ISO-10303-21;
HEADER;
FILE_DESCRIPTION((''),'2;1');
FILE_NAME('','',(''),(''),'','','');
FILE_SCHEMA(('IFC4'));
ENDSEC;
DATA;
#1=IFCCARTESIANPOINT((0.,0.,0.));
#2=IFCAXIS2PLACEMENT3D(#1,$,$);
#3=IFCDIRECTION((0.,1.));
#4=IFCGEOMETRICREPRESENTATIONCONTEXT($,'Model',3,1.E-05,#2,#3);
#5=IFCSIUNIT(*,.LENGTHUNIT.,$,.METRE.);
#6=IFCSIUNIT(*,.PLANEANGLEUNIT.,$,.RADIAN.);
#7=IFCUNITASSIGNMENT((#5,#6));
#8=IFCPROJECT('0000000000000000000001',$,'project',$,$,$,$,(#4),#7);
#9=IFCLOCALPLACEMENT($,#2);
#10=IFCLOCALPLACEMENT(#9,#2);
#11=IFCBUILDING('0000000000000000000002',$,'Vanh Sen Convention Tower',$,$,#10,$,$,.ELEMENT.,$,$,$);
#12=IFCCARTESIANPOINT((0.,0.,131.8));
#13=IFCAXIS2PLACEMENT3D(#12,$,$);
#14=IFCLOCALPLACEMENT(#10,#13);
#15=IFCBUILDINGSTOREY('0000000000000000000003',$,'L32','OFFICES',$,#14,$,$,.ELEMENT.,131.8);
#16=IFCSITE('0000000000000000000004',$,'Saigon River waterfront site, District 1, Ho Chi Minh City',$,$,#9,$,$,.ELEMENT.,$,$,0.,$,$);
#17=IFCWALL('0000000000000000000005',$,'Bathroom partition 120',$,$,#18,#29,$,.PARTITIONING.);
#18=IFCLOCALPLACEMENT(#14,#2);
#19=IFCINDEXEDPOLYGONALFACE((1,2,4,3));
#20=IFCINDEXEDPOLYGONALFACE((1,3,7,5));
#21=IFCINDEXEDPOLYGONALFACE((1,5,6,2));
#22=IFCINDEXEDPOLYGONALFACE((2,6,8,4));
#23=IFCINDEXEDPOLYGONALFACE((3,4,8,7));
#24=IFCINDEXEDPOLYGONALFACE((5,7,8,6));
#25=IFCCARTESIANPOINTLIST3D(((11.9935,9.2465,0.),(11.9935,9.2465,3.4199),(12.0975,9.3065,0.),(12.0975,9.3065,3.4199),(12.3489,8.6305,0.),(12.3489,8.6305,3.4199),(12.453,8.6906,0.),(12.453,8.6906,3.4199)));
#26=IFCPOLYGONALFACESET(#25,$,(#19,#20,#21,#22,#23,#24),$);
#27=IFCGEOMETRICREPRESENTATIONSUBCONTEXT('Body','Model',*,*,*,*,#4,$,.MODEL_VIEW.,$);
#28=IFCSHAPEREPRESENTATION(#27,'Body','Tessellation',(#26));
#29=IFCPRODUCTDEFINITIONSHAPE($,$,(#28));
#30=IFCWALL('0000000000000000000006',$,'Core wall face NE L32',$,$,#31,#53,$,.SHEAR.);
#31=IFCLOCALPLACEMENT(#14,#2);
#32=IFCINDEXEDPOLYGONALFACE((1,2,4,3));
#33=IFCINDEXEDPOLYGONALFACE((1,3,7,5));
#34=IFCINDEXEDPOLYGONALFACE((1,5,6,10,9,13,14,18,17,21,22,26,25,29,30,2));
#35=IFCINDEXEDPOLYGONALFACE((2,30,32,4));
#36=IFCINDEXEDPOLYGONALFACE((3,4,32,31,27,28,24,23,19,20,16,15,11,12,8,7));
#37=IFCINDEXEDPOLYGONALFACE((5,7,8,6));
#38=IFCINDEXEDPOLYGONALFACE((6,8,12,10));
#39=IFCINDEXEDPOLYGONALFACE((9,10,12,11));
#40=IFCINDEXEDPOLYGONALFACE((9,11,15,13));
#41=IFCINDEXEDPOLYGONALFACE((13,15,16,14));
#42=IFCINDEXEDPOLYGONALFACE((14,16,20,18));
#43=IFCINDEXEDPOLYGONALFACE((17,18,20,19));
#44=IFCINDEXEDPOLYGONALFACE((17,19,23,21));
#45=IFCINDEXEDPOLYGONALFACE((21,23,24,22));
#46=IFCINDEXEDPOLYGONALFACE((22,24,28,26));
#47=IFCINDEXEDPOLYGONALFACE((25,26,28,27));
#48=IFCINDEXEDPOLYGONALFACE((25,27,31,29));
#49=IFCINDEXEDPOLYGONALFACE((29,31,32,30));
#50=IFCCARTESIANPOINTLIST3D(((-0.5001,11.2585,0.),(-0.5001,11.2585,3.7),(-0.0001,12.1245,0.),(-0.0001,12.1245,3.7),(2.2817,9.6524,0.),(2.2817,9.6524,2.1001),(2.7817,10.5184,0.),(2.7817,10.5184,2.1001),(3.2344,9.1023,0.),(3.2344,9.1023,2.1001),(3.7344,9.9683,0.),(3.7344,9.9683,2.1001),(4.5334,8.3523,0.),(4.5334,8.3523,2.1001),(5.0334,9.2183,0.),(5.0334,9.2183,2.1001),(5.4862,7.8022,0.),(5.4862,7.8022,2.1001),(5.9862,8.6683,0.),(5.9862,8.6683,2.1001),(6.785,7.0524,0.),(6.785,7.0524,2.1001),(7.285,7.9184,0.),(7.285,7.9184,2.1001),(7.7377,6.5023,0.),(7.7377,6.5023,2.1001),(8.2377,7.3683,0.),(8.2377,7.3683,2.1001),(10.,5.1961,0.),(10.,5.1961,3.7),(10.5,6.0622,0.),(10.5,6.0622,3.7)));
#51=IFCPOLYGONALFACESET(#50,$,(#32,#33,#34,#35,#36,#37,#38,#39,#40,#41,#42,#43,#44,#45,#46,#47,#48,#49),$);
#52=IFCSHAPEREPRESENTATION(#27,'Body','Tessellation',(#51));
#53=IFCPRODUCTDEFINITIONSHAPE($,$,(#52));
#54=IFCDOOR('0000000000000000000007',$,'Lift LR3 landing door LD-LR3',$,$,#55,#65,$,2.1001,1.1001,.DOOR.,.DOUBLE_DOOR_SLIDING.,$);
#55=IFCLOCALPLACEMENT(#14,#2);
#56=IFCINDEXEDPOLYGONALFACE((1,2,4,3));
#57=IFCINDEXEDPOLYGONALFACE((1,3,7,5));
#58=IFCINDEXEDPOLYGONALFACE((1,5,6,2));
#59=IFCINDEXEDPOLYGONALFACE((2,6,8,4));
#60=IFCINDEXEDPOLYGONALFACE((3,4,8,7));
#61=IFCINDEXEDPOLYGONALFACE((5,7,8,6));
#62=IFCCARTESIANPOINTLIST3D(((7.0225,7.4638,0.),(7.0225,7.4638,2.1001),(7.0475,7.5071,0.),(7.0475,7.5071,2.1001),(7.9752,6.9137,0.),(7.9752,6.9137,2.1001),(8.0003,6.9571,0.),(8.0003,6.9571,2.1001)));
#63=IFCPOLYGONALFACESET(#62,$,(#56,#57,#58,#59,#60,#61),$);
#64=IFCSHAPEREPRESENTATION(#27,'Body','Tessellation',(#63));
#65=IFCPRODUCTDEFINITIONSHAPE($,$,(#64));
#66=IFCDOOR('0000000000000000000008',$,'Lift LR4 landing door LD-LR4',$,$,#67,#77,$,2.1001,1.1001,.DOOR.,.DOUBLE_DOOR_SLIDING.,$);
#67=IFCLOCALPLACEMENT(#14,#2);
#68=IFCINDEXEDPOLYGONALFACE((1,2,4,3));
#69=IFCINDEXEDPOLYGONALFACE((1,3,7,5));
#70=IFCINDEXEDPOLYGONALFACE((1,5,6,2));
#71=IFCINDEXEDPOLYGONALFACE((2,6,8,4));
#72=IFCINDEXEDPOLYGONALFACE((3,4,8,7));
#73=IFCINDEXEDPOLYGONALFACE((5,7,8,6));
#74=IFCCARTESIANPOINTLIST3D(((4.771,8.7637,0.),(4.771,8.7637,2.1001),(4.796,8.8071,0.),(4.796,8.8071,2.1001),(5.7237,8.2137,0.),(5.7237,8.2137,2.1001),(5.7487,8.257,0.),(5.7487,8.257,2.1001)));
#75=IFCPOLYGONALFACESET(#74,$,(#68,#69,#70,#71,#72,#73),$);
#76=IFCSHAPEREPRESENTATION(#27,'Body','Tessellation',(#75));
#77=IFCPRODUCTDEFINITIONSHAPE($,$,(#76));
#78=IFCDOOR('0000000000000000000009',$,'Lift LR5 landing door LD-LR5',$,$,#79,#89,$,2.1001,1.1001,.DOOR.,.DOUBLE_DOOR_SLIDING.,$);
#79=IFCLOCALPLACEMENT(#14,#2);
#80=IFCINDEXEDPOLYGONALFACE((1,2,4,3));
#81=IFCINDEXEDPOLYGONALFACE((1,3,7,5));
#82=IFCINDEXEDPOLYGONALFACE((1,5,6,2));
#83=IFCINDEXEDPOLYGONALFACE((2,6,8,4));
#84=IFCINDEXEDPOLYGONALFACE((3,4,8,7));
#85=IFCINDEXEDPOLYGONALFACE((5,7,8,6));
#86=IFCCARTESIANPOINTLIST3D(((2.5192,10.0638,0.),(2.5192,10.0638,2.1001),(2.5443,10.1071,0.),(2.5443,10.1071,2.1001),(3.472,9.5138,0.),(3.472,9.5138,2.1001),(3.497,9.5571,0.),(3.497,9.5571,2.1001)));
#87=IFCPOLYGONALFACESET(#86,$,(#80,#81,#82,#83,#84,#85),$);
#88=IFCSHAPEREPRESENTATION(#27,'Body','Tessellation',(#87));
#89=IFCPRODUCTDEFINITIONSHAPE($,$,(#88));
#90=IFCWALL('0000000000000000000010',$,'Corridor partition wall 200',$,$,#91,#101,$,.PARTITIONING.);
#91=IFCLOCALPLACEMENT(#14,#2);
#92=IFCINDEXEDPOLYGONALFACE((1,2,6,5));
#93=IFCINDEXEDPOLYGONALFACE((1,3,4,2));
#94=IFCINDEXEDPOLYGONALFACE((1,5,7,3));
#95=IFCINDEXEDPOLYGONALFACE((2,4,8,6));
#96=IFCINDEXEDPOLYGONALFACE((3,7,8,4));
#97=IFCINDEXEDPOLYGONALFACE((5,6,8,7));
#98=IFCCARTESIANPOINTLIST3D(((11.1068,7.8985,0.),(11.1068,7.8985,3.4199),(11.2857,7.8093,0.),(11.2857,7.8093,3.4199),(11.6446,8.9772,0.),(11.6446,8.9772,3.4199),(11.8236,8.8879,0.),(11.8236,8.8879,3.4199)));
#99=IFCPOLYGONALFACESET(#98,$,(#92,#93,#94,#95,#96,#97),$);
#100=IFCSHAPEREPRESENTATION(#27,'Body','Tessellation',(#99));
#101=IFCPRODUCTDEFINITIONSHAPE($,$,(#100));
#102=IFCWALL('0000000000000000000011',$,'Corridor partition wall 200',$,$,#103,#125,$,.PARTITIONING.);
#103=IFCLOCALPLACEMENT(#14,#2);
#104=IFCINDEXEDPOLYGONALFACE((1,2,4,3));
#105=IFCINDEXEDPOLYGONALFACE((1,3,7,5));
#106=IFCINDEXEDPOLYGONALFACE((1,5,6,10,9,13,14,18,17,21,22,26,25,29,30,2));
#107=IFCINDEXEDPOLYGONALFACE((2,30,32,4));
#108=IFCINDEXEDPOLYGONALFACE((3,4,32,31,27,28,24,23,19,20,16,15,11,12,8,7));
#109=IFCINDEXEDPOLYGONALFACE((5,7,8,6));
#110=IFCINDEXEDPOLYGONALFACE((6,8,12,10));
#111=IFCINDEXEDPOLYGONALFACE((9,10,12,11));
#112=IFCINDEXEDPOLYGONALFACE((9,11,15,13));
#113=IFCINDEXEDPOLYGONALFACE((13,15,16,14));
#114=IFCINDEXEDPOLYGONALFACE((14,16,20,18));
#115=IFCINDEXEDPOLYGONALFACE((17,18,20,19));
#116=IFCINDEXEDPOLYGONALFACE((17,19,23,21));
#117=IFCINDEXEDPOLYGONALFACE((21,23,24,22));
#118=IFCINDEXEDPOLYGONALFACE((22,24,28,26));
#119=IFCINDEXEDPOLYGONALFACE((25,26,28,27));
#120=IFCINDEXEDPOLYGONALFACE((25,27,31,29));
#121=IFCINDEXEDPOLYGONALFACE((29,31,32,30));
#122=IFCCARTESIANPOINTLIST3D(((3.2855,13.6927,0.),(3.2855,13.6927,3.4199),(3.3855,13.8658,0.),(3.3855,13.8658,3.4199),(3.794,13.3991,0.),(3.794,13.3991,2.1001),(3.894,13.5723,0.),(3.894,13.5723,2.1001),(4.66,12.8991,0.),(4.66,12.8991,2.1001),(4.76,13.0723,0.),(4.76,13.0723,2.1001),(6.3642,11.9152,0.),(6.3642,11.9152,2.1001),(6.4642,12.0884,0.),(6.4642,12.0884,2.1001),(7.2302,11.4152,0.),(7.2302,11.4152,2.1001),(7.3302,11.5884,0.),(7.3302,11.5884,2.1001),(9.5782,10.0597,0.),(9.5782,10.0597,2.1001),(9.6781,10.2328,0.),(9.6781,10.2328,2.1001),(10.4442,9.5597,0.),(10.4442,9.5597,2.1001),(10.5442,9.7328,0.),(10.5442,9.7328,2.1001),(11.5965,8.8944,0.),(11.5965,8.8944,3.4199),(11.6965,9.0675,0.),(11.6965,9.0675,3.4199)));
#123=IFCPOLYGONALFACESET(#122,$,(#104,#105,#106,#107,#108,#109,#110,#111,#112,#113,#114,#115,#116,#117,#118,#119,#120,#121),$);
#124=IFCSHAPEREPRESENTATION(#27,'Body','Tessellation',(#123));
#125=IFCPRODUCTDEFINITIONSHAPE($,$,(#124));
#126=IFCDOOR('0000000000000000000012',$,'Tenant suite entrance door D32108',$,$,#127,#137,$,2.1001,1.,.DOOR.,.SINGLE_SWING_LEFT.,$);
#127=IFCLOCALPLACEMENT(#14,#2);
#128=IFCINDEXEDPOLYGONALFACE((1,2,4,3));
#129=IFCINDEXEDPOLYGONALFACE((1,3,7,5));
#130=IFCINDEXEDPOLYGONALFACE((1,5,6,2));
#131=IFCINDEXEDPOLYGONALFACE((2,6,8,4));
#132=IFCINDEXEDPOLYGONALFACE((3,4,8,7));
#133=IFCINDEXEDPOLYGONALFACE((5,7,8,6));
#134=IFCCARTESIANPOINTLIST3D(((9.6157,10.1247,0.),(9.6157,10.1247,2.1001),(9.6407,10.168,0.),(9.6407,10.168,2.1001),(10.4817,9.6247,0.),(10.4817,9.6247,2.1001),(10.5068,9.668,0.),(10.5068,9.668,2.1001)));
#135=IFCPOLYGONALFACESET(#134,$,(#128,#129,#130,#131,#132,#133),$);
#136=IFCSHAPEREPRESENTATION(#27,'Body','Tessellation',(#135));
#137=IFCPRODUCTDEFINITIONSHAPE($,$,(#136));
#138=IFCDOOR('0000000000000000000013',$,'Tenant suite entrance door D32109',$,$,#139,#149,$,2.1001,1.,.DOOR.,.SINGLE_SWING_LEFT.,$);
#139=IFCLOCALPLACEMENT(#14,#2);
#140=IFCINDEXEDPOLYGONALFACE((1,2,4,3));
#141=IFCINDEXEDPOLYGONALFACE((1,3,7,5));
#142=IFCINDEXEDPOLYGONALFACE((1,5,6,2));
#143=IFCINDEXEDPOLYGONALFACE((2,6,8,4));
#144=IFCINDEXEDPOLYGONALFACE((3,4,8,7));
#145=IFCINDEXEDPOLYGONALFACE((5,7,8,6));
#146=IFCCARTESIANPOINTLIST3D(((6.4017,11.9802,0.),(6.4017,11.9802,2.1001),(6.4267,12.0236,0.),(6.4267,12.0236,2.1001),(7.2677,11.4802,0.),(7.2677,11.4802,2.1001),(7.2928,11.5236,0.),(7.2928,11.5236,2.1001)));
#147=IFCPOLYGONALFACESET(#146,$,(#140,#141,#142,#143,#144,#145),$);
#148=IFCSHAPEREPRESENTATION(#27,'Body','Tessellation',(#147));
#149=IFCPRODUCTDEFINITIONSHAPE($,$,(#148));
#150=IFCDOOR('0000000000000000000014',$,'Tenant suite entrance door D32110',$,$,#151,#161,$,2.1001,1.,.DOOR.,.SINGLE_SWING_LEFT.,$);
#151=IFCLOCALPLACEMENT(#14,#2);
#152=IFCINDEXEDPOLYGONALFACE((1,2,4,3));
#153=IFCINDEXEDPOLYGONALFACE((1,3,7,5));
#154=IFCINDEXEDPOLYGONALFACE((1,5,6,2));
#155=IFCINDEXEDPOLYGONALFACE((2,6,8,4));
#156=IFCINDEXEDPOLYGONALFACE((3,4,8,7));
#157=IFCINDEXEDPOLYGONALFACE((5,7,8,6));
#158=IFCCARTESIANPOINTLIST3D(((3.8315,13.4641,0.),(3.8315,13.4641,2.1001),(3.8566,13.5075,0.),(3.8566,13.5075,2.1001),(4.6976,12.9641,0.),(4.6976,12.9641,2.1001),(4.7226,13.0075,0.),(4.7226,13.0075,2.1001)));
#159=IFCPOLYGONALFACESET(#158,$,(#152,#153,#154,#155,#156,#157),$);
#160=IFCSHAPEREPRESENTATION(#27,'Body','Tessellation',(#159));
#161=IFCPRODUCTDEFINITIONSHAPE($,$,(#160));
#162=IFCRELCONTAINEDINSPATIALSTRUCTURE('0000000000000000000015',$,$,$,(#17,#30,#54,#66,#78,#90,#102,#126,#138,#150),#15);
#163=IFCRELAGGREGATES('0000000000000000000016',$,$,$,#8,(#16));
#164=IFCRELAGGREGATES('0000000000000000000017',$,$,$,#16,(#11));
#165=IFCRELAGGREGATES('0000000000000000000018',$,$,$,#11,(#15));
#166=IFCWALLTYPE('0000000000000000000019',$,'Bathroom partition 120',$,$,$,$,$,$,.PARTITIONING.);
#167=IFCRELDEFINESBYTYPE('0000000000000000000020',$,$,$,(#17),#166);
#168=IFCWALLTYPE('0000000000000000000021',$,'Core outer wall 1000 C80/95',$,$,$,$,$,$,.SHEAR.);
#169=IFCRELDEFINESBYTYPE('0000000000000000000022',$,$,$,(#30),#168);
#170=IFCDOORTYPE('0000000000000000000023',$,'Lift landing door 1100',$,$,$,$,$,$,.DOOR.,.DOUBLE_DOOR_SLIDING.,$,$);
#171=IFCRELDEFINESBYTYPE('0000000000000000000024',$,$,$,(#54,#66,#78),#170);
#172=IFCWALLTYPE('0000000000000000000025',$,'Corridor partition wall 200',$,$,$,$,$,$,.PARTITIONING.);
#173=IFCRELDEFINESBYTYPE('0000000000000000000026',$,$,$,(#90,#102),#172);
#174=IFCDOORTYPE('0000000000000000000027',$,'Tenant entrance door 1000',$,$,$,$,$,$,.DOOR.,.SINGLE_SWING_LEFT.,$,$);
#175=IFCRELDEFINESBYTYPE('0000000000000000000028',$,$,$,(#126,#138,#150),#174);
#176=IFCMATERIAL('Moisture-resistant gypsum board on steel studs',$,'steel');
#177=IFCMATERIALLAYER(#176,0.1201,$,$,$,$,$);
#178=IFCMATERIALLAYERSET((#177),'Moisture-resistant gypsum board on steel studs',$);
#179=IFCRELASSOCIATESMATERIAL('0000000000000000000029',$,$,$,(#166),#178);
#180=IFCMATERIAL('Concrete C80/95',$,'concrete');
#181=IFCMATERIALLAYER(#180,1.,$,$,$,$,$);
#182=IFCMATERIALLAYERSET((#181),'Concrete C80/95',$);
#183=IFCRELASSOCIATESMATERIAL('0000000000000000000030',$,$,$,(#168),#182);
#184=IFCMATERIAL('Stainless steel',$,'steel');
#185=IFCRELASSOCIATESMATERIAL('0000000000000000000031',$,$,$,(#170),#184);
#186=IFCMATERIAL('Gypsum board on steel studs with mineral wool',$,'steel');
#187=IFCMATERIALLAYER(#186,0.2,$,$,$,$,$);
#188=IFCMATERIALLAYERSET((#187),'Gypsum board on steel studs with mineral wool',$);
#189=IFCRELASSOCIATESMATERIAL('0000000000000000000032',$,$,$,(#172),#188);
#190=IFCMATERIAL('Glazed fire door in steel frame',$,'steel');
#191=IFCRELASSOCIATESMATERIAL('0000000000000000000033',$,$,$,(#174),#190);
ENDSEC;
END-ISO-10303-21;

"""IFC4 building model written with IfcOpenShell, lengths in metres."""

from ifc_helpers import new_model, si_unit, direction, frame, frame_2d, origin, place, context, subcontext, project, spatial, rectangle, extrude, material, layer, layer_set, type_object, element, fill, save


model = new_model("IFC4")

# Units and contexts
model_context = context("Model", 3, precision=1e-05, world=origin(), true_north=direction((0.0, 1.0)))
body_context = subcontext(model_context, "Body", "Model", "MODEL_VIEW")
ifc_project = project(units=[si_unit("LENGTHUNIT", "METRE"), si_unit("PLANEANGLEUNIT", "RADIAN")], contexts=[model_context])

# Site, building, storey
site_placement = place(None, origin())
site = spatial("IfcSite", under=ifc_project, at=site_placement, Name="Saigon River waterfront site, District 1, Ho Chi Minh City", CompositionType="ELEMENT", RefElevation=0.0)
building_placement = place(site_placement, origin())
building = spatial("IfcBuilding", under=site, at=building_placement, Name="Vanh Sen Convention Tower", CompositionType="ELEMENT")
storey_placement = place(building_placement, frame((0.0, 0.0, 131.8)))
storey = spatial("IfcBuildingStorey", under=building, at=storey_placement, Name="L32", Description="OFFICES", CompositionType="ELEMENT", Elevation=131.8)

# Wall
ifc_material_1 = material(Name="Moisture-resistant gypsum board on steel studs", Category="steel")
ifc_layer_1 = layer(ifc_material_1, 0.1201)
ifc_layer_set_1 = layer_set([ifc_layer_1], Name="Moisture-resistant gypsum board on steel studs")
wall_type_1 = type_object("IfcWallType", Name="Bathroom partition 120", PredefinedType="PARTITIONING", material=ifc_layer_set_1)
wall_1_placement = place(storey_placement, frame((12.4009, 8.6606, 0.0), z_axis=(0.0, 0.0, 1.0), x_axis=(-0.499831, 0.866123, 0.0)))
element("IfcWall", 1, at=wall_1_placement, inside=storey, type_object=wall_type_1, Name="Bathroom partition 120", PredefinedType="PARTITIONING", context=body_context, shape_type="SweptSolid", body=[
    extrude(rectangle(XDim=0.7112, YDim=0.1201, at=frame_2d((0.3555, 0.0))), origin(), (0.0, 0.0, 1.0), 3.4199),
])

# Wall, openings, doors
ifc_material_2 = material(Name="Concrete C80/95", Category="concrete")
ifc_layer_2 = layer(ifc_material_2, 1.0)
ifc_layer_set_2 = layer_set([ifc_layer_2], Name="Concrete C80/95")
wall_type_2 = type_object("IfcWallType", Name="Core outer wall 1000 C80/95", PredefinedType="SHEAR", material=ifc_layer_set_2)
wall_2_placement = place(storey_placement, frame((10.25, 5.6292, 0.0), z_axis=(0.0, 0.0, 1.0), x_axis=(-0.866023, 0.500005, 0.0)))
wall_2 = element("IfcWall", 2, at=wall_2_placement, inside=storey, type_object=wall_type_2, Name="Core wall face NE L32", PredefinedType="SHEAR", context=body_context, shape_type="SweptSolid", body=[
    extrude(rectangle(XDim=12.1245, YDim=1.0, at=frame_2d((6.0623, 0.0))), origin(), (0.0, 0.0, 1.0), 3.7),
])
opening_1_placement = place(wall_2_placement, frame((2.6123, 0.0, 0.0)))
opening_1 = element("IfcOpeningElement", 3, at=opening_1_placement, cuts=wall_2, PredefinedType="OPENING", context=body_context, shape_type="SweptSolid", body=[
    extrude(rectangle(XDim=1.1001, YDim=2.1001, at=frame_2d((0.55, 1.05))), frame((0.0, 0.51, 0.0), z_axis=(0.0, -1.0, 0.0), x_axis=(1.0, 0.0, 0.0)), (0.0, 0.0, 1.0), 1.02),
])
opening_2_placement = place(wall_2_placement, frame((5.2122, 0.0, 0.0)))
opening_2 = element("IfcOpeningElement", 4, at=opening_2_placement, cuts=wall_2, PredefinedType="OPENING", context=body_context, shape_type="SweptSolid", body=[
    extrude(rectangle(XDim=1.1001, YDim=2.1001, at=frame_2d((0.55, 1.05))), frame((0.0, 0.51, 0.0), z_axis=(0.0, -1.0, 0.0), x_axis=(1.0, 0.0, 0.0)), (0.0, 0.0, 1.0), 1.02),
])
opening_3_placement = place(wall_2_placement, frame((7.8123, 0.0, 0.0)))
opening_3 = element("IfcOpeningElement", 5, at=opening_3_placement, cuts=wall_2, PredefinedType="OPENING", context=body_context, shape_type="SweptSolid", body=[
    extrude(rectangle(XDim=1.1001, YDim=2.1001, at=frame_2d((0.55, 1.05))), frame((0.0, 0.51, 0.0), z_axis=(0.0, -1.0, 0.0), x_axis=(1.0, 0.0, 0.0)), (0.0, 0.0, 1.0), 1.02),
])
ifc_material_3 = material(Name="Stainless steel", Category="steel")
door_type_1 = type_object("IfcDoorType", Name="Lift landing door 1100", OperationType="DOUBLE_DOOR_SLIDING", PredefinedType="DOOR", material=ifc_material_3)
door_1_placement = place(opening_1_placement, origin())
door_1 = element("IfcDoor", 6, at=door_1_placement, inside=storey, type_object=door_type_1, Name="Lift LR3 landing door LD-LR3", OperationType="DOUBLE_DOOR_SLIDING", OverallHeight=2.1001, OverallWidth=1.1001, PredefinedType="DOOR", context=body_context, shape_type="SweptSolid", body=[
    extrude(rectangle(XDim=1.1001, YDim=2.1001, at=frame_2d((0.55, 1.05))), frame((0.0, 0.0249, 0.0), z_axis=(0.0, -1.0, 0.0), x_axis=(1.0, 0.0, 0.0)), (0.0, 0.0, 1.0), 0.05),
])
fill(opening_1, door_1)
door_2_placement = place(opening_2_placement, origin())
door_2 = element("IfcDoor", 7, at=door_2_placement, inside=storey, type_object=door_type_1, Name="Lift LR4 landing door LD-LR4", OperationType="DOUBLE_DOOR_SLIDING", OverallHeight=2.1001, OverallWidth=1.1001, PredefinedType="DOOR", context=body_context, shape_type="SweptSolid", body=[
    extrude(rectangle(XDim=1.1001, YDim=2.1001, at=frame_2d((0.55, 1.05))), frame((0.0, 0.0249, 0.0), z_axis=(0.0, -1.0, 0.0), x_axis=(1.0, 0.0, 0.0)), (0.0, 0.0, 1.0), 0.05),
])
fill(opening_2, door_2)
door_3_placement = place(opening_3_placement, origin())
door_3 = element("IfcDoor", 8, at=door_3_placement, inside=storey, type_object=door_type_1, Name="Lift LR5 landing door LD-LR5", OperationType="DOUBLE_DOOR_SLIDING", OverallHeight=2.1001, OverallWidth=1.1001, PredefinedType="DOOR", context=body_context, shape_type="SweptSolid", body=[
    extrude(rectangle(XDim=1.1001, YDim=2.1001, at=frame_2d((0.55, 1.05))), frame((0.0, 0.0249, 0.0), z_axis=(0.0, -1.0, 0.0), x_axis=(1.0, 0.0, 0.0)), (0.0, 0.0, 1.0), 0.05),
])
fill(opening_3, door_3)

# Wall
ifc_material_4 = material(Name="Gypsum board on steel studs with mineral wool", Category="steel")
ifc_layer_3 = layer(ifc_material_4, 0.2)
ifc_layer_set_3 = layer_set([ifc_layer_3], Name="Gypsum board on steel studs with mineral wool")
wall_type_3 = type_object("IfcWallType", Name="Corridor partition wall 200", PredefinedType="PARTITIONING", material=ifc_layer_set_3)
wall_3_placement = place(storey_placement, frame((11.1963, 7.854, 0.0), z_axis=(0.0, 0.0, 1.0), x_axis=(0.446241, 0.894913, 0.0)))
element("IfcWall", 9, at=wall_3_placement, inside=storey, type_object=wall_type_3, Name="Corridor partition wall 200", PredefinedType="PARTITIONING", context=body_context, shape_type="SweptSolid", body=[
    extrude(rectangle(XDim=1.2053, YDim=0.2, at=frame_2d((0.6025, 0.0))), origin(), (0.0, 0.0, 1.0), 3.4199),
])

# Wall, openings, doors
wall_4_placement = place(storey_placement, frame((11.6465, 8.981, 0.0), z_axis=(0.0, 0.0, 1.0), x_axis=(-0.866027, 0.499997, 0.0)))
wall_4 = element("IfcWall", 10, at=wall_4_placement, inside=storey, type_object=wall_type_3, Name="Corridor partition wall 200", PredefinedType="PARTITIONING", context=body_context, shape_type="SweptSolid", body=[
    extrude(rectangle(XDim=9.5967, YDim=0.2, at=frame_2d((4.7983, 0.0))), origin(), (0.0, 0.0, 1.0), 3.4199),
])
opening_4_placement = place(wall_4_placement, frame((1.3306, 0.0, 0.0)))
opening_4 = element("IfcOpeningElement", 11, at=opening_4_placement, cuts=wall_4, PredefinedType="OPENING", context=body_context, shape_type="SweptSolid", body=[
    extrude(rectangle(XDim=1.0, YDim=2.1001, at=frame_2d((0.5, 1.05))), frame((0.0, 0.1099, 0.0), z_axis=(0.0, -1.0, 0.0), x_axis=(1.0, 0.0, 0.0)), (0.0, 0.0, 1.0), 0.22),
])
opening_5_placement = place(wall_4_placement, frame((5.0417, 0.0, 0.0)))
opening_5 = element("IfcOpeningElement", 12, at=opening_5_placement, cuts=wall_4, PredefinedType="OPENING", context=body_context, shape_type="SweptSolid", body=[
    extrude(rectangle(XDim=1.0, YDim=2.1001, at=frame_2d((0.5, 1.05))), frame((0.0, 0.1099, 0.0), z_axis=(0.0, -1.0, 0.0), x_axis=(1.0, 0.0, 0.0)), (0.0, 0.0, 1.0), 0.22),
])
opening_6_placement = place(wall_4_placement, frame((8.0095, 0.0, 0.0)))
opening_6 = element("IfcOpeningElement", 13, at=opening_6_placement, cuts=wall_4, PredefinedType="OPENING", context=body_context, shape_type="SweptSolid", body=[
    extrude(rectangle(XDim=1.0, YDim=2.1001, at=frame_2d((0.5, 1.05))), frame((0.0, 0.1099, 0.0), z_axis=(0.0, -1.0, 0.0), x_axis=(1.0, 0.0, 0.0)), (0.0, 0.0, 1.0), 0.22),
])
ifc_material_5 = material(Name="Glazed fire door in steel frame", Category="steel")
door_type_2 = type_object("IfcDoorType", Name="Tenant entrance door 1000", OperationType="SINGLE_SWING_LEFT", PredefinedType="DOOR", material=ifc_material_5)
door_4_placement = place(opening_4_placement, origin())
door_4 = element("IfcDoor", 14, at=door_4_placement, inside=storey, type_object=door_type_2, Name="Tenant suite entrance door D32108", OperationType="SINGLE_SWING_LEFT", OverallHeight=2.1001, OverallWidth=1.0, PredefinedType="DOOR", context=body_context, shape_type="SweptSolid", body=[
    extrude(rectangle(XDim=1.0, YDim=2.1001, at=frame_2d((0.5, 1.05))), frame((0.0, 0.0249, 0.0), z_axis=(0.0, -1.0, 0.0), x_axis=(1.0, 0.0, 0.0)), (0.0, 0.0, 1.0), 0.05),
])
fill(opening_4, door_4)
door_5_placement = place(opening_5_placement, origin())
door_5 = element("IfcDoor", 15, at=door_5_placement, inside=storey, type_object=door_type_2, Name="Tenant suite entrance door D32109", OperationType="SINGLE_SWING_LEFT", OverallHeight=2.1001, OverallWidth=1.0, PredefinedType="DOOR", context=body_context, shape_type="SweptSolid", body=[
    extrude(rectangle(XDim=1.0, YDim=2.1001, at=frame_2d((0.5, 1.05))), frame((0.0, 0.0249, 0.0), z_axis=(0.0, -1.0, 0.0), x_axis=(1.0, 0.0, 0.0)), (0.0, 0.0, 1.0), 0.05),
])
fill(opening_5, door_5)
door_6_placement = place(opening_6_placement, origin())
door_6 = element("IfcDoor", 16, at=door_6_placement, inside=storey, type_object=door_type_2, Name="Tenant suite entrance door D32110", OperationType="SINGLE_SWING_LEFT", OverallHeight=2.1001, OverallWidth=1.0, PredefinedType="DOOR", context=body_context, shape_type="SweptSolid", body=[
    extrude(rectangle(XDim=1.0, YDim=2.1001, at=frame_2d((0.5, 1.05))), frame((0.0, 0.0249, 0.0), z_axis=(0.0, -1.0, 0.0), x_axis=(1.0, 0.0, 0.0)), (0.0, 0.0, 1.0), 0.05),
])
fill(opening_6, door_6)

save(model, "model.ifc")
